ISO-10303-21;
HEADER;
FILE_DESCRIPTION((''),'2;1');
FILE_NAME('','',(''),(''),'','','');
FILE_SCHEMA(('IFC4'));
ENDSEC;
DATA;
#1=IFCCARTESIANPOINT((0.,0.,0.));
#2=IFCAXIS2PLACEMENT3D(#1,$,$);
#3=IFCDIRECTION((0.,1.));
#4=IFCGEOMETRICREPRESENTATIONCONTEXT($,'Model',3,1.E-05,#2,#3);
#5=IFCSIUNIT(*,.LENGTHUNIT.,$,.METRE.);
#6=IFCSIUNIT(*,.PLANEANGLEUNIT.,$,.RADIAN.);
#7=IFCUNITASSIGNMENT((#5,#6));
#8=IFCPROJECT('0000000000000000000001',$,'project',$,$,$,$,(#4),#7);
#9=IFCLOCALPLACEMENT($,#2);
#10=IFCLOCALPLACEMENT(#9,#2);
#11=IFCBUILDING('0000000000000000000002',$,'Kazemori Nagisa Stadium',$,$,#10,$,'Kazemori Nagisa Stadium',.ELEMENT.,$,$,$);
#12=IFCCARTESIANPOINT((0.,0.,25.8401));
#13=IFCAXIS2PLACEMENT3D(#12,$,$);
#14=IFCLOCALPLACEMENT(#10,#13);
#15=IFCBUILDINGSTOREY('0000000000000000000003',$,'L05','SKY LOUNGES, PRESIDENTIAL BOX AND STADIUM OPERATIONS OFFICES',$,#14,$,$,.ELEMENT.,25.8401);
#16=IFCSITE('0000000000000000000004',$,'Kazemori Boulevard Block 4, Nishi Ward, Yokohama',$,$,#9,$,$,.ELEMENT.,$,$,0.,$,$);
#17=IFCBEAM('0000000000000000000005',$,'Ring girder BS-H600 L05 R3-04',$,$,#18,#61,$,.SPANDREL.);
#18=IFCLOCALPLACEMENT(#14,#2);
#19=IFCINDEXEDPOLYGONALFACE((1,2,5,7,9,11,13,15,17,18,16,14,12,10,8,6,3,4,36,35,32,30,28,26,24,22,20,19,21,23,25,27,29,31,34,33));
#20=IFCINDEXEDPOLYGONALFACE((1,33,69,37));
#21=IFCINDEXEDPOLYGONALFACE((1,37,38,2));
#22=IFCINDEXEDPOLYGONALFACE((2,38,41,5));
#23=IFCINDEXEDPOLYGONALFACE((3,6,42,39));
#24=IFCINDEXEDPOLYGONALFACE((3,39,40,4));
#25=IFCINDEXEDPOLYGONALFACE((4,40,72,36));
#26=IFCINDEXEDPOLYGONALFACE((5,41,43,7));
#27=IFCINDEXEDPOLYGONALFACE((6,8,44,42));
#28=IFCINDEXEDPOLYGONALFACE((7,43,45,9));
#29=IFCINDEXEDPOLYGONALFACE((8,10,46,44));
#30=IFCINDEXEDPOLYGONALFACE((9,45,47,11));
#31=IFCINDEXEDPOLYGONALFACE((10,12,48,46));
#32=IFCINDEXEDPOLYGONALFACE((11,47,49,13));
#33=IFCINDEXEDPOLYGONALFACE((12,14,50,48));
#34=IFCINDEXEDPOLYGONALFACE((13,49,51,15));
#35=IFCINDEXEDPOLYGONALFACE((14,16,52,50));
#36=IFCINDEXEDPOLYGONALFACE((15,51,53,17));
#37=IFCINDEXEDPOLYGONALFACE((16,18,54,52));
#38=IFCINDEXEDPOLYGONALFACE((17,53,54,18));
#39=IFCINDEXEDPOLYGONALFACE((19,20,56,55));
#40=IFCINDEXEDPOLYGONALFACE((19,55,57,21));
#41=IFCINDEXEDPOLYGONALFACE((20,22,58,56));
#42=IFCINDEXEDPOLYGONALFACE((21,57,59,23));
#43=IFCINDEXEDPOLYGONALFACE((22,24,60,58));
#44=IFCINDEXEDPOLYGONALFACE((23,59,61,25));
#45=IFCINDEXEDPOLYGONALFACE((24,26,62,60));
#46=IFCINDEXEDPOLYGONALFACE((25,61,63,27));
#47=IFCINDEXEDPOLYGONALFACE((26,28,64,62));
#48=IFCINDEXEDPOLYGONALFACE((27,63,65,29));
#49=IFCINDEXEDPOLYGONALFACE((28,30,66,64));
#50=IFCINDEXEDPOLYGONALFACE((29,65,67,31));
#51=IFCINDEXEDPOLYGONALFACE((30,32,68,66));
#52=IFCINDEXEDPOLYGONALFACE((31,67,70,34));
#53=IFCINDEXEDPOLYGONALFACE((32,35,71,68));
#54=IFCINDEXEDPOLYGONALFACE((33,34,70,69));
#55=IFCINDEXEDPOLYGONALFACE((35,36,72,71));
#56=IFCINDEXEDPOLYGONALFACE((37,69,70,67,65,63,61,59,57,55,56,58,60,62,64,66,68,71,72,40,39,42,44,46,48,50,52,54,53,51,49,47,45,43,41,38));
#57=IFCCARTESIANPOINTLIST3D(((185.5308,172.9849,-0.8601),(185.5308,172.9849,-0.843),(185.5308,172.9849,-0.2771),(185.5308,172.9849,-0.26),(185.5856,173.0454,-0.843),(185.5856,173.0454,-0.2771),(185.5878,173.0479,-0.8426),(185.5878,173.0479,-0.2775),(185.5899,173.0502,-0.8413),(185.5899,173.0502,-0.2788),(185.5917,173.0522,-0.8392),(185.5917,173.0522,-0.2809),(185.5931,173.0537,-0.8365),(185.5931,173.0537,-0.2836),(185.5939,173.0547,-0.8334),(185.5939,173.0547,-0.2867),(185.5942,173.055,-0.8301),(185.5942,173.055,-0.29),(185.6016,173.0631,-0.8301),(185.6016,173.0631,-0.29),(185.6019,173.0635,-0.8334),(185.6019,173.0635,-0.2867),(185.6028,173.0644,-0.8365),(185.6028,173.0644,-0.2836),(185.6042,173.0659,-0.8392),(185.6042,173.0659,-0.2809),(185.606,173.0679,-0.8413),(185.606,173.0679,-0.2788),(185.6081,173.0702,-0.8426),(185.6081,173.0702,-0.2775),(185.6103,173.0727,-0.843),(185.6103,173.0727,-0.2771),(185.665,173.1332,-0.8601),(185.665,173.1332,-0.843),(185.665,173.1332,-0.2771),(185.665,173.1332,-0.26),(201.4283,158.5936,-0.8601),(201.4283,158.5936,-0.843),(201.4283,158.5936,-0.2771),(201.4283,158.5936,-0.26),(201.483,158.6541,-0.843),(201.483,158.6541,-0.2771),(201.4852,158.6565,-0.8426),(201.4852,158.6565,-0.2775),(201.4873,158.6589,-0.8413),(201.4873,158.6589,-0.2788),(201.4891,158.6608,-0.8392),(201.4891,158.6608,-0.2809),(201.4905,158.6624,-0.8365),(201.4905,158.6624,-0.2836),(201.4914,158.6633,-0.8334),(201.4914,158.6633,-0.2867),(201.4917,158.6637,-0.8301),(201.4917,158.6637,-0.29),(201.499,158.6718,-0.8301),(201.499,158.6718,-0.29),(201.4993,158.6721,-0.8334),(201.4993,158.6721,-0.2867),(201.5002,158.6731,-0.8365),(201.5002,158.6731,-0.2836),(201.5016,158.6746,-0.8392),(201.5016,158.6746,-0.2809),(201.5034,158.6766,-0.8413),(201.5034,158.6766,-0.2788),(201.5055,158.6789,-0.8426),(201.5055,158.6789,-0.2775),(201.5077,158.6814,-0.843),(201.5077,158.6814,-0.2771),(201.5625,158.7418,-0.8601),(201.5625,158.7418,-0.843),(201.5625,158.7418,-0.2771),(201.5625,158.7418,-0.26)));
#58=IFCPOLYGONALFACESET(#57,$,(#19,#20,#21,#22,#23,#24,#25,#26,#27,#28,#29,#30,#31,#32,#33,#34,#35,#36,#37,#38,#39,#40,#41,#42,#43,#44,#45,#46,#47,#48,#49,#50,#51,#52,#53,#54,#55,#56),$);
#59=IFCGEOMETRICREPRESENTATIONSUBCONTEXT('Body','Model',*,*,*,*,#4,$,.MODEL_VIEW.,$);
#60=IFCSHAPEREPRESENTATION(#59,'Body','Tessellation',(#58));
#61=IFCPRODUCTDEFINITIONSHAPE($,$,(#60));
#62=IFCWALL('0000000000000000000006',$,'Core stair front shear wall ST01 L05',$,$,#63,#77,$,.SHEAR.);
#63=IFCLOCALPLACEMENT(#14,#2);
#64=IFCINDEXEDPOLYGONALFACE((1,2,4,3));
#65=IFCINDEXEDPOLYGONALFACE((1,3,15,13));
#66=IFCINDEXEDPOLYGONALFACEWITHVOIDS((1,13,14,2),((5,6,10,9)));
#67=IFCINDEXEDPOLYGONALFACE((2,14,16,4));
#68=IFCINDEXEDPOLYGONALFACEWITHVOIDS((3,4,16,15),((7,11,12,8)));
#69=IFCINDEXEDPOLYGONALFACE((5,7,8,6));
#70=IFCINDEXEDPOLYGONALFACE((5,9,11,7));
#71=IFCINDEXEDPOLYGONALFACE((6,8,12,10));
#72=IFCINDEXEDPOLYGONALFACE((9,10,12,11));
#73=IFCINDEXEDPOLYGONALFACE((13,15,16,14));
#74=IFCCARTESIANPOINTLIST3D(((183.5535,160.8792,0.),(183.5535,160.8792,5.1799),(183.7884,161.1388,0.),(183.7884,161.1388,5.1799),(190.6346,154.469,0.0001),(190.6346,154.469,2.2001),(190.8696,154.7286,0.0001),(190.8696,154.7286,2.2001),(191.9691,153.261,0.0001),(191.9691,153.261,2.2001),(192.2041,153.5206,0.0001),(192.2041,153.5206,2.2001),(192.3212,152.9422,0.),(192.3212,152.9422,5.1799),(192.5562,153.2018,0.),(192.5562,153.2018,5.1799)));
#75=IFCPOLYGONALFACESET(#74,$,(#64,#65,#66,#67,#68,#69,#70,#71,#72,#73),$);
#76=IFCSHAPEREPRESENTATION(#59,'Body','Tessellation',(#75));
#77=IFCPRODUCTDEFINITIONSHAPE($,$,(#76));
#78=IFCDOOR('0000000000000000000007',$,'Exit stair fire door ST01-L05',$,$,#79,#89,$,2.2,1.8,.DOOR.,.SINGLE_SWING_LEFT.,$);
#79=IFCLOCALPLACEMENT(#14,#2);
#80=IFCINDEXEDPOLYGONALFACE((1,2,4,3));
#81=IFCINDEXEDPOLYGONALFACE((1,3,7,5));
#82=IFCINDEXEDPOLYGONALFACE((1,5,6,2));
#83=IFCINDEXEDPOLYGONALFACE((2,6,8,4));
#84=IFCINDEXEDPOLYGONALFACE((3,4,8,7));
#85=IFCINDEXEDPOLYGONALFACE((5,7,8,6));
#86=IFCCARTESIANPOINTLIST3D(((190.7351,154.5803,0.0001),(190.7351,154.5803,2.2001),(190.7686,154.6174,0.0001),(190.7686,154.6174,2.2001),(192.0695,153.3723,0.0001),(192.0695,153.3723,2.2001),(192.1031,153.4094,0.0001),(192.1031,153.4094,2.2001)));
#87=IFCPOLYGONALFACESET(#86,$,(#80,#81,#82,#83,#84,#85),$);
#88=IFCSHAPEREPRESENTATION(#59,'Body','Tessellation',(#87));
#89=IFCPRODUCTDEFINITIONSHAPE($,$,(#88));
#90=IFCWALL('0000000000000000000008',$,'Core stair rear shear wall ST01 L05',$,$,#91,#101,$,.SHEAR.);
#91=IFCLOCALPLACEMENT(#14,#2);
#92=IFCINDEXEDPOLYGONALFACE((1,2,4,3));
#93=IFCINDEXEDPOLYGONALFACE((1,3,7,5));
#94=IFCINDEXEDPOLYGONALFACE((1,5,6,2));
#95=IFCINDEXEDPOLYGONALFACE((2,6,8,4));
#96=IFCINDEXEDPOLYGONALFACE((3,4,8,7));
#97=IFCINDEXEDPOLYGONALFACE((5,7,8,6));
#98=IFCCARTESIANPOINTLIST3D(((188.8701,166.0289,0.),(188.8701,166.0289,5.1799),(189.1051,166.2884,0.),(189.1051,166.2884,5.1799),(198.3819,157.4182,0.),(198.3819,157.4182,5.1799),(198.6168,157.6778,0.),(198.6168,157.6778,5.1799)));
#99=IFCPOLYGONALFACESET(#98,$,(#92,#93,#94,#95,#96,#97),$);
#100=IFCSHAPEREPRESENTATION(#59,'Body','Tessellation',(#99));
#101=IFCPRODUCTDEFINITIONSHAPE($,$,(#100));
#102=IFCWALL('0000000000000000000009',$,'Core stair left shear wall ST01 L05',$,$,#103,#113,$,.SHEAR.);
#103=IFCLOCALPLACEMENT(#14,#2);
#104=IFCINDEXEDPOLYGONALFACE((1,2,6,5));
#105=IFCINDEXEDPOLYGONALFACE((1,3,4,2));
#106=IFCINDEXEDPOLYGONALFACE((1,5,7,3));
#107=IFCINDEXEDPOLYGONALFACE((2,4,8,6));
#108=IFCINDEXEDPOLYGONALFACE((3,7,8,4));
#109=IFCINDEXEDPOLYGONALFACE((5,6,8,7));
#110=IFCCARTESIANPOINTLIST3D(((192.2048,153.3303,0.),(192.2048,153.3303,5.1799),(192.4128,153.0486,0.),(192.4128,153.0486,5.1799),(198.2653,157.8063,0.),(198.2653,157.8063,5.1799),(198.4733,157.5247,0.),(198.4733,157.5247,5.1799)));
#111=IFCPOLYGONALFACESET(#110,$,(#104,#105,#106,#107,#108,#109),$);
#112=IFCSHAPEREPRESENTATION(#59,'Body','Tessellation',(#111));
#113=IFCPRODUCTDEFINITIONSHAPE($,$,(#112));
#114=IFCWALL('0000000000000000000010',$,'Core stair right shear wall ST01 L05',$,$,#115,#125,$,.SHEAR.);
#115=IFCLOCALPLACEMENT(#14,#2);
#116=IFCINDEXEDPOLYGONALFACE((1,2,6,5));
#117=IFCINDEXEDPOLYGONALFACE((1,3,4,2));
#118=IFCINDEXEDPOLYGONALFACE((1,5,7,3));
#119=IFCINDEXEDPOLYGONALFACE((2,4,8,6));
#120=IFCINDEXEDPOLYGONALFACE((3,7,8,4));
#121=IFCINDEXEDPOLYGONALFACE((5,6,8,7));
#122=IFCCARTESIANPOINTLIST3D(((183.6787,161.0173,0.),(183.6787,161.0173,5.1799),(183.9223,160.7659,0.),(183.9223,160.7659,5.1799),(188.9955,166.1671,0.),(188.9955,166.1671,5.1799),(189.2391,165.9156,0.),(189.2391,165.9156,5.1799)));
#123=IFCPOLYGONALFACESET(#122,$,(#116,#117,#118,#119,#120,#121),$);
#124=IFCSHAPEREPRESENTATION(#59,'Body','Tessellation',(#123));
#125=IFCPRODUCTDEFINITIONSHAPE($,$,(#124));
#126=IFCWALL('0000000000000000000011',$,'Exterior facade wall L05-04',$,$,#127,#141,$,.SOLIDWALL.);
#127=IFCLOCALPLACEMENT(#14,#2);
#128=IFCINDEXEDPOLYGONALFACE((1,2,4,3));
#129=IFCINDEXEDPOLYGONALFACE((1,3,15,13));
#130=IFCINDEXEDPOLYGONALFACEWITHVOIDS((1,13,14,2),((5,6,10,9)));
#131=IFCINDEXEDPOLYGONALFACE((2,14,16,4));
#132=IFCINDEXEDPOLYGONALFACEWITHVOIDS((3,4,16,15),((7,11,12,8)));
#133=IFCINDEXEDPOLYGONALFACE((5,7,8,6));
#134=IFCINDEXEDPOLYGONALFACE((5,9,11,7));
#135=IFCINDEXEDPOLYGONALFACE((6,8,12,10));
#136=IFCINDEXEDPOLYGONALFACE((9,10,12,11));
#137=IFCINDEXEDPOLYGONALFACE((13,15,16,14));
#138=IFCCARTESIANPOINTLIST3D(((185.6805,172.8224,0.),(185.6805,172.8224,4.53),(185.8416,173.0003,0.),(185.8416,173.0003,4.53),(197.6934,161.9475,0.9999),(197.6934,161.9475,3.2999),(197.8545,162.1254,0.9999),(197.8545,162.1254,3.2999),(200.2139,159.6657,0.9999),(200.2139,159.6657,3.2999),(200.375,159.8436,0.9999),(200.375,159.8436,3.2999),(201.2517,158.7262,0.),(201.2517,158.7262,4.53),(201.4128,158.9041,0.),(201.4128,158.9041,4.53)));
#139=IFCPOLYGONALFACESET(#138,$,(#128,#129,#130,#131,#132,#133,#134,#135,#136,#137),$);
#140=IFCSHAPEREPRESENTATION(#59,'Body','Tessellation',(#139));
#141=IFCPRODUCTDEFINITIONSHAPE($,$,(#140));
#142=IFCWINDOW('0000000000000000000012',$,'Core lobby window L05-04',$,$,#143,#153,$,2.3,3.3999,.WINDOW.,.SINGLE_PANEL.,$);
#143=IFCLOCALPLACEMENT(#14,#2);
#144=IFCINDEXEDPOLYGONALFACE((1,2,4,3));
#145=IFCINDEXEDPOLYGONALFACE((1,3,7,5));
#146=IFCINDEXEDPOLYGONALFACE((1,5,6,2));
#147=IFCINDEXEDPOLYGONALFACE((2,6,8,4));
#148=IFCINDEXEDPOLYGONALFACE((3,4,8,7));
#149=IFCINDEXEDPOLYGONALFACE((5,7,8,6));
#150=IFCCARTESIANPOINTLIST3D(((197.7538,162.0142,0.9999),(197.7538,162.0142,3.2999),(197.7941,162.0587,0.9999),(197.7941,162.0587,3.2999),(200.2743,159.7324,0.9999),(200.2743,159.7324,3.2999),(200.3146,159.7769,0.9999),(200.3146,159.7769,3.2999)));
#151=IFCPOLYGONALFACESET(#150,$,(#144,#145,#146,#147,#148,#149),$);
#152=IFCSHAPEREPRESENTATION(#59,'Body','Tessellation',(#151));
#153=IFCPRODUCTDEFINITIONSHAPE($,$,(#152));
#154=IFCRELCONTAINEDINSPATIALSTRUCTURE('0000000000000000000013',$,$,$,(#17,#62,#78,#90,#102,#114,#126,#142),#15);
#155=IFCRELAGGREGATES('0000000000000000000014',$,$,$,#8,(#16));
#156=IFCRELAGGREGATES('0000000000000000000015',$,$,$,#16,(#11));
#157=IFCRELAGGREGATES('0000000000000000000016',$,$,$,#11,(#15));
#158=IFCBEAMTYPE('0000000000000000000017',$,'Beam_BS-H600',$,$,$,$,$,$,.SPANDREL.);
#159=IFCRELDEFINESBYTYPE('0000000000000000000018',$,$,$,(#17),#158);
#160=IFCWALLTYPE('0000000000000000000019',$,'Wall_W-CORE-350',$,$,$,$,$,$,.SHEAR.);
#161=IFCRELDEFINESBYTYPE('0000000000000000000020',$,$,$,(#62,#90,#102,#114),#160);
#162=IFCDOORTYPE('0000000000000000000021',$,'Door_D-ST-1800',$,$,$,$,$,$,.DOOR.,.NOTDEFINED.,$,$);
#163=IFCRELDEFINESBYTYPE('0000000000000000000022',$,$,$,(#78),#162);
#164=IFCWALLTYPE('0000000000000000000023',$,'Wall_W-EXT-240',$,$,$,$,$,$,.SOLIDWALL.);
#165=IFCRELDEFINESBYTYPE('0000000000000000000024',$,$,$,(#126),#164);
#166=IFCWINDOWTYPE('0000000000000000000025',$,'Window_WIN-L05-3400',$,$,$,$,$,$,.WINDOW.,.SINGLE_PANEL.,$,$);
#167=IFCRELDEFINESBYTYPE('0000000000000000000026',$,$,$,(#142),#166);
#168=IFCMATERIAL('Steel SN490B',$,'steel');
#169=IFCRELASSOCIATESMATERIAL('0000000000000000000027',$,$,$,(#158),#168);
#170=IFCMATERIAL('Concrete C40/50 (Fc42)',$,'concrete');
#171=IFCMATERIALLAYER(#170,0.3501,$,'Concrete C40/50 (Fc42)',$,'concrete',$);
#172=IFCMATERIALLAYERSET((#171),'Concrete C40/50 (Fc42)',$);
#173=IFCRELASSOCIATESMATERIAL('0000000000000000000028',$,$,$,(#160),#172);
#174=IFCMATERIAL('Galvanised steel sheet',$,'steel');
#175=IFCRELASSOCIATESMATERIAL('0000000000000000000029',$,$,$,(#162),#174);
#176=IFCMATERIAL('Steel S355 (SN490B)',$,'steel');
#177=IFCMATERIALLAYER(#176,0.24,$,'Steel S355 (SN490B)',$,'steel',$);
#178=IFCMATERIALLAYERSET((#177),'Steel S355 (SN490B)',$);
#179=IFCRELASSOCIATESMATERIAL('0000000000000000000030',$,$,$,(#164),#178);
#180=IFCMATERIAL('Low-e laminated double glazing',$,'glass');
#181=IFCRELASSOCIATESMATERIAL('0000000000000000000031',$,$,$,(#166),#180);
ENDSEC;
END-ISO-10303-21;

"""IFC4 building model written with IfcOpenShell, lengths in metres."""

from ifc_helpers import new_model, si_unit, direction, frame, frame_2d, origin, origin_2d, place, context, subcontext, project, spatial, rectangle, i_section, extrude, material, layer, layer_set, material_profile, profile_set, type_object, element, fill, save


model = new_model("IFC4")

# Units and contexts
model_context = context("Model", 3, precision=1e-05, world=origin(), true_north=direction((0.0, 1.0)))
body_context = subcontext(model_context, "Body", "Model", "MODEL_VIEW")
ifc_project = project(units=[si_unit("LENGTHUNIT", "METRE"), si_unit("PLANEANGLEUNIT", "RADIAN")], contexts=[model_context])

# Site, building, storey
site_placement = place(None, origin())
site = spatial("IfcSite", under=ifc_project, at=site_placement, Name="Kazemori Boulevard Block 4, Nishi Ward, Yokohama", CompositionType="ELEMENT", RefElevation=0.0)
building_placement = place(site_placement, origin())
building = spatial("IfcBuilding", under=site, at=building_placement, Name="Kazemori Nagisa Stadium", LongName="Kazemori Nagisa Stadium", CompositionType="ELEMENT")
storey_placement = place(building_placement, frame((0.0, 0.0, 25.8401)))
storey = spatial("IfcBuildingStorey", under=building, at=storey_placement, Name="L05", Description="SKY LOUNGES, PRESIDENTIAL BOX AND STADIUM OPERATIONS OFFICES", CompositionType="ELEMENT", Elevation=25.8401)

# Beam
ifc_material_1 = material(Name="Steel SN490B", Category="steel")
ifc_material_2 = material(Name="Concrete C40/50 (Fc42)", Category="concrete")
ifc_material_profile_1 = material_profile(ifc_material_1, i_section(OverallWidth=0.2, OverallDepth=0.6001, WebThickness=0.011, FlangeThickness=0.0171, FilletRadius=0.0129, at=origin_2d()), Name="H-600x200x11x17")
ifc_profile_set_1 = profile_set([ifc_material_profile_1], Name="Steel SN490B")
beam_type_1 = type_object("IfcBeamType", Name="Beam_BS-H600", PredefinedType="SPANDREL", material=ifc_profile_set_1)
beam_1_placement = place(storey_placement, frame((201.4954, 158.6677, -0.5601), z_axis=(-0.741352, 0.671117, 0.0), x_axis=(-0.671117, -0.741352, 0.0)))
element("IfcBeam", 1, at=beam_1_placement, inside=storey, type_object=beam_type_1, Name="Ring girder BS-H600 L05 R3-04", PredefinedType="SPANDREL", context=body_context, shape_type="SweptSolid", body=[
    extrude(i_section(OverallWidth=0.2, OverallDepth=0.6001, WebThickness=0.011, FlangeThickness=0.0171, FilletRadius=0.0129, at=origin_2d()), origin(), (0.0, 0.0, 1.0), 21.4438),
])

# Wall, opening, door
ifc_layer_1 = layer(ifc_material_2, 0.3501, Name="Concrete C40/50 (Fc42)", Category="concrete")
ifc_layer_set_1 = layer_set([ifc_layer_1], Name="Concrete C40/50 (Fc42)")
wall_type_1 = type_object("IfcWallType", Name="Wall_W-CORE-350", PredefinedType="SHEAR", material=ifc_layer_set_1)
wall_1_placement = place(storey_placement, frame((192.4387, 153.072, 0.0), z_axis=(0.0, 0.0, 1.0), x_axis=(-0.741358, 0.67111, 0.0)))
wall_1 = element("IfcWall", 2, at=wall_1_placement, inside=storey, type_object=wall_type_1, Name="Core stair front shear wall ST01 L05", PredefinedType="SHEAR", context=body_context, shape_type="SweptSolid", body=[
    extrude(rectangle(XDim=11.8267, YDim=0.3501, at=frame_2d((5.9133, 0.0))), origin(), (0.0, 0.0, 1.0), 5.1799),
])
opening_1_placement = place(wall_1_placement, frame((0.4751, 0.0, 0.0)))
opening_1 = element("IfcOpeningElement", 3, at=opening_1_placement, cuts=wall_1, PredefinedType="OPENING", context=body_context, shape_type="SweptSolid", body=[
    extrude(rectangle(XDim=1.8, YDim=2.2, at=frame_2d((0.8999, 1.1001))), frame((0.0, 0.1851, 0.0), z_axis=(0.0, -1.0, 0.0), x_axis=(1.0, 0.0, 0.0)), (0.0, 0.0, 1.0), 0.3701),
])
ifc_material_3 = material(Name="Galvanised steel sheet", Category="steel")
door_type_1 = type_object("IfcDoorType", Name="Door_D-ST-1800", OperationType="NOTDEFINED", PredefinedType="DOOR", material=ifc_material_3)
door_1_placement = place(opening_1_placement, frame((1.8, 0.0, 0.0), z_axis=(0.0, 0.0, 1.0), x_axis=(-1.0, 0.0, 0.0)))
door_1 = element("IfcDoor", 4, at=door_1_placement, inside=storey, type_object=door_type_1, Name="Exit stair fire door ST01-L05", OperationType="SINGLE_SWING_LEFT", OverallHeight=2.2, OverallWidth=1.8, PredefinedType="DOOR", context=body_context, shape_type="SweptSolid", body=[
    extrude(rectangle(XDim=1.8, YDim=2.2, at=frame_2d((0.8999, 1.1001))), frame((0.0, 0.0249, 0.0), z_axis=(0.0, -1.0, 0.0), x_axis=(1.0, 0.0, 0.0)), (0.0, 0.0, 1.0), 0.05),
])
fill(opening_1, door_1)

# Walls
wall_2_placement = place(storey_placement, frame((198.4993, 157.5481, 0.0), z_axis=(0.0, 0.0, 1.0), x_axis=(-0.741351, 0.671117, 0.0)))
element("IfcWall", 5, at=wall_2_placement, inside=storey, type_object=wall_type_1, Name="Core stair rear shear wall ST01 L05", PredefinedType="SHEAR", context=body_context, shape_type="SweptSolid", body=[
    extrude(rectangle(XDim=12.8303, YDim=0.3501, at=frame_2d((6.415, 0.0))), origin(), (0.0, 0.0, 1.0), 5.1799),
])
wall_3_placement = place(storey_placement, frame((192.3088, 153.1895, 0.0), z_axis=(0.0, 0.0, 1.0), x_axis=(0.804396, 0.594094, 0.0)))
element("IfcWall", 6, at=wall_3_placement, inside=storey, type_object=wall_type_1, Name="Core stair left shear wall ST01 L05", PredefinedType="SHEAR", context=body_context, shape_type="SweptSolid", body=[
    extrude(rectangle(XDim=7.5342, YDim=0.3501, at=frame_2d((3.7671, 0.0))), origin(), (0.0, 0.0, 1.0), 5.1799),
])
wall_4_placement = place(storey_placement, frame((183.8005, 160.8916, 0.0), z_axis=(0.0, 0.0, 1.0), x_axis=(0.718297, 0.695736, 0.0)))
element("IfcWall", 7, at=wall_4_placement, inside=storey, type_object=wall_type_1, Name="Core stair right shear wall ST01 L05", PredefinedType="SHEAR", context=body_context, shape_type="SweptSolid", body=[
    extrude(rectangle(XDim=7.4019, YDim=0.3501, at=frame_2d((3.7009, 0.0))), origin(), (0.0, 0.0, 1.0), 5.1799),
])

# Wall, opening, window
ifc_material_4 = material(Name="Steel S355 (SN490B)", Category="steel")
ifc_layer_2 = layer(ifc_material_4, 0.24, Name="Steel S355 (SN490B)", Category="steel")
ifc_layer_set_2 = layer_set([ifc_layer_2], Name="Steel S355 (SN490B)")
wall_type_2 = type_object("IfcWallType", Name="Wall_W-EXT-240", PredefinedType="SOLIDWALL", material=ifc_layer_set_2)
wall_5_placement = place(storey_placement, frame((201.3323, 158.8152, 0.0), z_axis=(0.0, 0.0, 1.0), x_axis=(-0.741349, 0.67112, 0.0)))
wall_5 = element("IfcWall", 8, at=wall_5_placement, inside=storey, type_object=wall_type_2, Name="Exterior facade wall L05-04", PredefinedType="SOLIDWALL", context=body_context, shape_type="SweptSolid", body=[
    extrude(rectangle(XDim=21.0039, YDim=0.24, at=frame_2d((10.502, 0.0))), origin(), (0.0, 0.0, 1.0), 4.53),
])
opening_2_placement = place(wall_5_placement, frame((1.3999, 0.0, 1.0)))
opening_2 = element("IfcOpeningElement", 9, at=opening_2_placement, cuts=wall_5, PredefinedType="OPENING", context=body_context, shape_type="SweptSolid", body=[
    extrude(rectangle(XDim=3.3999, YDim=2.3, at=frame_2d((1.7, 1.1499))), frame((0.0, 0.1299, 0.0), z_axis=(0.0, -1.0, 0.0), x_axis=(1.0, 0.0, 0.0)), (0.0, 0.0, 1.0), 0.26),
])
ifc_material_5 = material(Name="Low-e laminated double glazing", Category="glass")
window_type = type_object("IfcWindowType", Name="Window_WIN-L05-3400", PartitioningType="SINGLE_PANEL", PredefinedType="WINDOW", material=ifc_material_5)
window_placement = place(opening_2_placement, origin())
window = element("IfcWindow", 10, at=window_placement, inside=storey, type_object=window_type, Name="Core lobby window L05-04", OverallHeight=2.3, OverallWidth=3.3999, PartitioningType="SINGLE_PANEL", PredefinedType="WINDOW", context=body_context, shape_type="SweptSolid", body=[
    extrude(rectangle(XDim=3.3999, YDim=2.3, at=frame_2d((1.7, 1.1499))), frame((0.0, 0.03, 0.0), z_axis=(0.0, -1.0, 0.0), x_axis=(1.0, 0.0, 0.0)), (0.0, 0.0, 1.0), 0.0601),
])
fill(opening_2, window)

save(model, "model.ifc")
